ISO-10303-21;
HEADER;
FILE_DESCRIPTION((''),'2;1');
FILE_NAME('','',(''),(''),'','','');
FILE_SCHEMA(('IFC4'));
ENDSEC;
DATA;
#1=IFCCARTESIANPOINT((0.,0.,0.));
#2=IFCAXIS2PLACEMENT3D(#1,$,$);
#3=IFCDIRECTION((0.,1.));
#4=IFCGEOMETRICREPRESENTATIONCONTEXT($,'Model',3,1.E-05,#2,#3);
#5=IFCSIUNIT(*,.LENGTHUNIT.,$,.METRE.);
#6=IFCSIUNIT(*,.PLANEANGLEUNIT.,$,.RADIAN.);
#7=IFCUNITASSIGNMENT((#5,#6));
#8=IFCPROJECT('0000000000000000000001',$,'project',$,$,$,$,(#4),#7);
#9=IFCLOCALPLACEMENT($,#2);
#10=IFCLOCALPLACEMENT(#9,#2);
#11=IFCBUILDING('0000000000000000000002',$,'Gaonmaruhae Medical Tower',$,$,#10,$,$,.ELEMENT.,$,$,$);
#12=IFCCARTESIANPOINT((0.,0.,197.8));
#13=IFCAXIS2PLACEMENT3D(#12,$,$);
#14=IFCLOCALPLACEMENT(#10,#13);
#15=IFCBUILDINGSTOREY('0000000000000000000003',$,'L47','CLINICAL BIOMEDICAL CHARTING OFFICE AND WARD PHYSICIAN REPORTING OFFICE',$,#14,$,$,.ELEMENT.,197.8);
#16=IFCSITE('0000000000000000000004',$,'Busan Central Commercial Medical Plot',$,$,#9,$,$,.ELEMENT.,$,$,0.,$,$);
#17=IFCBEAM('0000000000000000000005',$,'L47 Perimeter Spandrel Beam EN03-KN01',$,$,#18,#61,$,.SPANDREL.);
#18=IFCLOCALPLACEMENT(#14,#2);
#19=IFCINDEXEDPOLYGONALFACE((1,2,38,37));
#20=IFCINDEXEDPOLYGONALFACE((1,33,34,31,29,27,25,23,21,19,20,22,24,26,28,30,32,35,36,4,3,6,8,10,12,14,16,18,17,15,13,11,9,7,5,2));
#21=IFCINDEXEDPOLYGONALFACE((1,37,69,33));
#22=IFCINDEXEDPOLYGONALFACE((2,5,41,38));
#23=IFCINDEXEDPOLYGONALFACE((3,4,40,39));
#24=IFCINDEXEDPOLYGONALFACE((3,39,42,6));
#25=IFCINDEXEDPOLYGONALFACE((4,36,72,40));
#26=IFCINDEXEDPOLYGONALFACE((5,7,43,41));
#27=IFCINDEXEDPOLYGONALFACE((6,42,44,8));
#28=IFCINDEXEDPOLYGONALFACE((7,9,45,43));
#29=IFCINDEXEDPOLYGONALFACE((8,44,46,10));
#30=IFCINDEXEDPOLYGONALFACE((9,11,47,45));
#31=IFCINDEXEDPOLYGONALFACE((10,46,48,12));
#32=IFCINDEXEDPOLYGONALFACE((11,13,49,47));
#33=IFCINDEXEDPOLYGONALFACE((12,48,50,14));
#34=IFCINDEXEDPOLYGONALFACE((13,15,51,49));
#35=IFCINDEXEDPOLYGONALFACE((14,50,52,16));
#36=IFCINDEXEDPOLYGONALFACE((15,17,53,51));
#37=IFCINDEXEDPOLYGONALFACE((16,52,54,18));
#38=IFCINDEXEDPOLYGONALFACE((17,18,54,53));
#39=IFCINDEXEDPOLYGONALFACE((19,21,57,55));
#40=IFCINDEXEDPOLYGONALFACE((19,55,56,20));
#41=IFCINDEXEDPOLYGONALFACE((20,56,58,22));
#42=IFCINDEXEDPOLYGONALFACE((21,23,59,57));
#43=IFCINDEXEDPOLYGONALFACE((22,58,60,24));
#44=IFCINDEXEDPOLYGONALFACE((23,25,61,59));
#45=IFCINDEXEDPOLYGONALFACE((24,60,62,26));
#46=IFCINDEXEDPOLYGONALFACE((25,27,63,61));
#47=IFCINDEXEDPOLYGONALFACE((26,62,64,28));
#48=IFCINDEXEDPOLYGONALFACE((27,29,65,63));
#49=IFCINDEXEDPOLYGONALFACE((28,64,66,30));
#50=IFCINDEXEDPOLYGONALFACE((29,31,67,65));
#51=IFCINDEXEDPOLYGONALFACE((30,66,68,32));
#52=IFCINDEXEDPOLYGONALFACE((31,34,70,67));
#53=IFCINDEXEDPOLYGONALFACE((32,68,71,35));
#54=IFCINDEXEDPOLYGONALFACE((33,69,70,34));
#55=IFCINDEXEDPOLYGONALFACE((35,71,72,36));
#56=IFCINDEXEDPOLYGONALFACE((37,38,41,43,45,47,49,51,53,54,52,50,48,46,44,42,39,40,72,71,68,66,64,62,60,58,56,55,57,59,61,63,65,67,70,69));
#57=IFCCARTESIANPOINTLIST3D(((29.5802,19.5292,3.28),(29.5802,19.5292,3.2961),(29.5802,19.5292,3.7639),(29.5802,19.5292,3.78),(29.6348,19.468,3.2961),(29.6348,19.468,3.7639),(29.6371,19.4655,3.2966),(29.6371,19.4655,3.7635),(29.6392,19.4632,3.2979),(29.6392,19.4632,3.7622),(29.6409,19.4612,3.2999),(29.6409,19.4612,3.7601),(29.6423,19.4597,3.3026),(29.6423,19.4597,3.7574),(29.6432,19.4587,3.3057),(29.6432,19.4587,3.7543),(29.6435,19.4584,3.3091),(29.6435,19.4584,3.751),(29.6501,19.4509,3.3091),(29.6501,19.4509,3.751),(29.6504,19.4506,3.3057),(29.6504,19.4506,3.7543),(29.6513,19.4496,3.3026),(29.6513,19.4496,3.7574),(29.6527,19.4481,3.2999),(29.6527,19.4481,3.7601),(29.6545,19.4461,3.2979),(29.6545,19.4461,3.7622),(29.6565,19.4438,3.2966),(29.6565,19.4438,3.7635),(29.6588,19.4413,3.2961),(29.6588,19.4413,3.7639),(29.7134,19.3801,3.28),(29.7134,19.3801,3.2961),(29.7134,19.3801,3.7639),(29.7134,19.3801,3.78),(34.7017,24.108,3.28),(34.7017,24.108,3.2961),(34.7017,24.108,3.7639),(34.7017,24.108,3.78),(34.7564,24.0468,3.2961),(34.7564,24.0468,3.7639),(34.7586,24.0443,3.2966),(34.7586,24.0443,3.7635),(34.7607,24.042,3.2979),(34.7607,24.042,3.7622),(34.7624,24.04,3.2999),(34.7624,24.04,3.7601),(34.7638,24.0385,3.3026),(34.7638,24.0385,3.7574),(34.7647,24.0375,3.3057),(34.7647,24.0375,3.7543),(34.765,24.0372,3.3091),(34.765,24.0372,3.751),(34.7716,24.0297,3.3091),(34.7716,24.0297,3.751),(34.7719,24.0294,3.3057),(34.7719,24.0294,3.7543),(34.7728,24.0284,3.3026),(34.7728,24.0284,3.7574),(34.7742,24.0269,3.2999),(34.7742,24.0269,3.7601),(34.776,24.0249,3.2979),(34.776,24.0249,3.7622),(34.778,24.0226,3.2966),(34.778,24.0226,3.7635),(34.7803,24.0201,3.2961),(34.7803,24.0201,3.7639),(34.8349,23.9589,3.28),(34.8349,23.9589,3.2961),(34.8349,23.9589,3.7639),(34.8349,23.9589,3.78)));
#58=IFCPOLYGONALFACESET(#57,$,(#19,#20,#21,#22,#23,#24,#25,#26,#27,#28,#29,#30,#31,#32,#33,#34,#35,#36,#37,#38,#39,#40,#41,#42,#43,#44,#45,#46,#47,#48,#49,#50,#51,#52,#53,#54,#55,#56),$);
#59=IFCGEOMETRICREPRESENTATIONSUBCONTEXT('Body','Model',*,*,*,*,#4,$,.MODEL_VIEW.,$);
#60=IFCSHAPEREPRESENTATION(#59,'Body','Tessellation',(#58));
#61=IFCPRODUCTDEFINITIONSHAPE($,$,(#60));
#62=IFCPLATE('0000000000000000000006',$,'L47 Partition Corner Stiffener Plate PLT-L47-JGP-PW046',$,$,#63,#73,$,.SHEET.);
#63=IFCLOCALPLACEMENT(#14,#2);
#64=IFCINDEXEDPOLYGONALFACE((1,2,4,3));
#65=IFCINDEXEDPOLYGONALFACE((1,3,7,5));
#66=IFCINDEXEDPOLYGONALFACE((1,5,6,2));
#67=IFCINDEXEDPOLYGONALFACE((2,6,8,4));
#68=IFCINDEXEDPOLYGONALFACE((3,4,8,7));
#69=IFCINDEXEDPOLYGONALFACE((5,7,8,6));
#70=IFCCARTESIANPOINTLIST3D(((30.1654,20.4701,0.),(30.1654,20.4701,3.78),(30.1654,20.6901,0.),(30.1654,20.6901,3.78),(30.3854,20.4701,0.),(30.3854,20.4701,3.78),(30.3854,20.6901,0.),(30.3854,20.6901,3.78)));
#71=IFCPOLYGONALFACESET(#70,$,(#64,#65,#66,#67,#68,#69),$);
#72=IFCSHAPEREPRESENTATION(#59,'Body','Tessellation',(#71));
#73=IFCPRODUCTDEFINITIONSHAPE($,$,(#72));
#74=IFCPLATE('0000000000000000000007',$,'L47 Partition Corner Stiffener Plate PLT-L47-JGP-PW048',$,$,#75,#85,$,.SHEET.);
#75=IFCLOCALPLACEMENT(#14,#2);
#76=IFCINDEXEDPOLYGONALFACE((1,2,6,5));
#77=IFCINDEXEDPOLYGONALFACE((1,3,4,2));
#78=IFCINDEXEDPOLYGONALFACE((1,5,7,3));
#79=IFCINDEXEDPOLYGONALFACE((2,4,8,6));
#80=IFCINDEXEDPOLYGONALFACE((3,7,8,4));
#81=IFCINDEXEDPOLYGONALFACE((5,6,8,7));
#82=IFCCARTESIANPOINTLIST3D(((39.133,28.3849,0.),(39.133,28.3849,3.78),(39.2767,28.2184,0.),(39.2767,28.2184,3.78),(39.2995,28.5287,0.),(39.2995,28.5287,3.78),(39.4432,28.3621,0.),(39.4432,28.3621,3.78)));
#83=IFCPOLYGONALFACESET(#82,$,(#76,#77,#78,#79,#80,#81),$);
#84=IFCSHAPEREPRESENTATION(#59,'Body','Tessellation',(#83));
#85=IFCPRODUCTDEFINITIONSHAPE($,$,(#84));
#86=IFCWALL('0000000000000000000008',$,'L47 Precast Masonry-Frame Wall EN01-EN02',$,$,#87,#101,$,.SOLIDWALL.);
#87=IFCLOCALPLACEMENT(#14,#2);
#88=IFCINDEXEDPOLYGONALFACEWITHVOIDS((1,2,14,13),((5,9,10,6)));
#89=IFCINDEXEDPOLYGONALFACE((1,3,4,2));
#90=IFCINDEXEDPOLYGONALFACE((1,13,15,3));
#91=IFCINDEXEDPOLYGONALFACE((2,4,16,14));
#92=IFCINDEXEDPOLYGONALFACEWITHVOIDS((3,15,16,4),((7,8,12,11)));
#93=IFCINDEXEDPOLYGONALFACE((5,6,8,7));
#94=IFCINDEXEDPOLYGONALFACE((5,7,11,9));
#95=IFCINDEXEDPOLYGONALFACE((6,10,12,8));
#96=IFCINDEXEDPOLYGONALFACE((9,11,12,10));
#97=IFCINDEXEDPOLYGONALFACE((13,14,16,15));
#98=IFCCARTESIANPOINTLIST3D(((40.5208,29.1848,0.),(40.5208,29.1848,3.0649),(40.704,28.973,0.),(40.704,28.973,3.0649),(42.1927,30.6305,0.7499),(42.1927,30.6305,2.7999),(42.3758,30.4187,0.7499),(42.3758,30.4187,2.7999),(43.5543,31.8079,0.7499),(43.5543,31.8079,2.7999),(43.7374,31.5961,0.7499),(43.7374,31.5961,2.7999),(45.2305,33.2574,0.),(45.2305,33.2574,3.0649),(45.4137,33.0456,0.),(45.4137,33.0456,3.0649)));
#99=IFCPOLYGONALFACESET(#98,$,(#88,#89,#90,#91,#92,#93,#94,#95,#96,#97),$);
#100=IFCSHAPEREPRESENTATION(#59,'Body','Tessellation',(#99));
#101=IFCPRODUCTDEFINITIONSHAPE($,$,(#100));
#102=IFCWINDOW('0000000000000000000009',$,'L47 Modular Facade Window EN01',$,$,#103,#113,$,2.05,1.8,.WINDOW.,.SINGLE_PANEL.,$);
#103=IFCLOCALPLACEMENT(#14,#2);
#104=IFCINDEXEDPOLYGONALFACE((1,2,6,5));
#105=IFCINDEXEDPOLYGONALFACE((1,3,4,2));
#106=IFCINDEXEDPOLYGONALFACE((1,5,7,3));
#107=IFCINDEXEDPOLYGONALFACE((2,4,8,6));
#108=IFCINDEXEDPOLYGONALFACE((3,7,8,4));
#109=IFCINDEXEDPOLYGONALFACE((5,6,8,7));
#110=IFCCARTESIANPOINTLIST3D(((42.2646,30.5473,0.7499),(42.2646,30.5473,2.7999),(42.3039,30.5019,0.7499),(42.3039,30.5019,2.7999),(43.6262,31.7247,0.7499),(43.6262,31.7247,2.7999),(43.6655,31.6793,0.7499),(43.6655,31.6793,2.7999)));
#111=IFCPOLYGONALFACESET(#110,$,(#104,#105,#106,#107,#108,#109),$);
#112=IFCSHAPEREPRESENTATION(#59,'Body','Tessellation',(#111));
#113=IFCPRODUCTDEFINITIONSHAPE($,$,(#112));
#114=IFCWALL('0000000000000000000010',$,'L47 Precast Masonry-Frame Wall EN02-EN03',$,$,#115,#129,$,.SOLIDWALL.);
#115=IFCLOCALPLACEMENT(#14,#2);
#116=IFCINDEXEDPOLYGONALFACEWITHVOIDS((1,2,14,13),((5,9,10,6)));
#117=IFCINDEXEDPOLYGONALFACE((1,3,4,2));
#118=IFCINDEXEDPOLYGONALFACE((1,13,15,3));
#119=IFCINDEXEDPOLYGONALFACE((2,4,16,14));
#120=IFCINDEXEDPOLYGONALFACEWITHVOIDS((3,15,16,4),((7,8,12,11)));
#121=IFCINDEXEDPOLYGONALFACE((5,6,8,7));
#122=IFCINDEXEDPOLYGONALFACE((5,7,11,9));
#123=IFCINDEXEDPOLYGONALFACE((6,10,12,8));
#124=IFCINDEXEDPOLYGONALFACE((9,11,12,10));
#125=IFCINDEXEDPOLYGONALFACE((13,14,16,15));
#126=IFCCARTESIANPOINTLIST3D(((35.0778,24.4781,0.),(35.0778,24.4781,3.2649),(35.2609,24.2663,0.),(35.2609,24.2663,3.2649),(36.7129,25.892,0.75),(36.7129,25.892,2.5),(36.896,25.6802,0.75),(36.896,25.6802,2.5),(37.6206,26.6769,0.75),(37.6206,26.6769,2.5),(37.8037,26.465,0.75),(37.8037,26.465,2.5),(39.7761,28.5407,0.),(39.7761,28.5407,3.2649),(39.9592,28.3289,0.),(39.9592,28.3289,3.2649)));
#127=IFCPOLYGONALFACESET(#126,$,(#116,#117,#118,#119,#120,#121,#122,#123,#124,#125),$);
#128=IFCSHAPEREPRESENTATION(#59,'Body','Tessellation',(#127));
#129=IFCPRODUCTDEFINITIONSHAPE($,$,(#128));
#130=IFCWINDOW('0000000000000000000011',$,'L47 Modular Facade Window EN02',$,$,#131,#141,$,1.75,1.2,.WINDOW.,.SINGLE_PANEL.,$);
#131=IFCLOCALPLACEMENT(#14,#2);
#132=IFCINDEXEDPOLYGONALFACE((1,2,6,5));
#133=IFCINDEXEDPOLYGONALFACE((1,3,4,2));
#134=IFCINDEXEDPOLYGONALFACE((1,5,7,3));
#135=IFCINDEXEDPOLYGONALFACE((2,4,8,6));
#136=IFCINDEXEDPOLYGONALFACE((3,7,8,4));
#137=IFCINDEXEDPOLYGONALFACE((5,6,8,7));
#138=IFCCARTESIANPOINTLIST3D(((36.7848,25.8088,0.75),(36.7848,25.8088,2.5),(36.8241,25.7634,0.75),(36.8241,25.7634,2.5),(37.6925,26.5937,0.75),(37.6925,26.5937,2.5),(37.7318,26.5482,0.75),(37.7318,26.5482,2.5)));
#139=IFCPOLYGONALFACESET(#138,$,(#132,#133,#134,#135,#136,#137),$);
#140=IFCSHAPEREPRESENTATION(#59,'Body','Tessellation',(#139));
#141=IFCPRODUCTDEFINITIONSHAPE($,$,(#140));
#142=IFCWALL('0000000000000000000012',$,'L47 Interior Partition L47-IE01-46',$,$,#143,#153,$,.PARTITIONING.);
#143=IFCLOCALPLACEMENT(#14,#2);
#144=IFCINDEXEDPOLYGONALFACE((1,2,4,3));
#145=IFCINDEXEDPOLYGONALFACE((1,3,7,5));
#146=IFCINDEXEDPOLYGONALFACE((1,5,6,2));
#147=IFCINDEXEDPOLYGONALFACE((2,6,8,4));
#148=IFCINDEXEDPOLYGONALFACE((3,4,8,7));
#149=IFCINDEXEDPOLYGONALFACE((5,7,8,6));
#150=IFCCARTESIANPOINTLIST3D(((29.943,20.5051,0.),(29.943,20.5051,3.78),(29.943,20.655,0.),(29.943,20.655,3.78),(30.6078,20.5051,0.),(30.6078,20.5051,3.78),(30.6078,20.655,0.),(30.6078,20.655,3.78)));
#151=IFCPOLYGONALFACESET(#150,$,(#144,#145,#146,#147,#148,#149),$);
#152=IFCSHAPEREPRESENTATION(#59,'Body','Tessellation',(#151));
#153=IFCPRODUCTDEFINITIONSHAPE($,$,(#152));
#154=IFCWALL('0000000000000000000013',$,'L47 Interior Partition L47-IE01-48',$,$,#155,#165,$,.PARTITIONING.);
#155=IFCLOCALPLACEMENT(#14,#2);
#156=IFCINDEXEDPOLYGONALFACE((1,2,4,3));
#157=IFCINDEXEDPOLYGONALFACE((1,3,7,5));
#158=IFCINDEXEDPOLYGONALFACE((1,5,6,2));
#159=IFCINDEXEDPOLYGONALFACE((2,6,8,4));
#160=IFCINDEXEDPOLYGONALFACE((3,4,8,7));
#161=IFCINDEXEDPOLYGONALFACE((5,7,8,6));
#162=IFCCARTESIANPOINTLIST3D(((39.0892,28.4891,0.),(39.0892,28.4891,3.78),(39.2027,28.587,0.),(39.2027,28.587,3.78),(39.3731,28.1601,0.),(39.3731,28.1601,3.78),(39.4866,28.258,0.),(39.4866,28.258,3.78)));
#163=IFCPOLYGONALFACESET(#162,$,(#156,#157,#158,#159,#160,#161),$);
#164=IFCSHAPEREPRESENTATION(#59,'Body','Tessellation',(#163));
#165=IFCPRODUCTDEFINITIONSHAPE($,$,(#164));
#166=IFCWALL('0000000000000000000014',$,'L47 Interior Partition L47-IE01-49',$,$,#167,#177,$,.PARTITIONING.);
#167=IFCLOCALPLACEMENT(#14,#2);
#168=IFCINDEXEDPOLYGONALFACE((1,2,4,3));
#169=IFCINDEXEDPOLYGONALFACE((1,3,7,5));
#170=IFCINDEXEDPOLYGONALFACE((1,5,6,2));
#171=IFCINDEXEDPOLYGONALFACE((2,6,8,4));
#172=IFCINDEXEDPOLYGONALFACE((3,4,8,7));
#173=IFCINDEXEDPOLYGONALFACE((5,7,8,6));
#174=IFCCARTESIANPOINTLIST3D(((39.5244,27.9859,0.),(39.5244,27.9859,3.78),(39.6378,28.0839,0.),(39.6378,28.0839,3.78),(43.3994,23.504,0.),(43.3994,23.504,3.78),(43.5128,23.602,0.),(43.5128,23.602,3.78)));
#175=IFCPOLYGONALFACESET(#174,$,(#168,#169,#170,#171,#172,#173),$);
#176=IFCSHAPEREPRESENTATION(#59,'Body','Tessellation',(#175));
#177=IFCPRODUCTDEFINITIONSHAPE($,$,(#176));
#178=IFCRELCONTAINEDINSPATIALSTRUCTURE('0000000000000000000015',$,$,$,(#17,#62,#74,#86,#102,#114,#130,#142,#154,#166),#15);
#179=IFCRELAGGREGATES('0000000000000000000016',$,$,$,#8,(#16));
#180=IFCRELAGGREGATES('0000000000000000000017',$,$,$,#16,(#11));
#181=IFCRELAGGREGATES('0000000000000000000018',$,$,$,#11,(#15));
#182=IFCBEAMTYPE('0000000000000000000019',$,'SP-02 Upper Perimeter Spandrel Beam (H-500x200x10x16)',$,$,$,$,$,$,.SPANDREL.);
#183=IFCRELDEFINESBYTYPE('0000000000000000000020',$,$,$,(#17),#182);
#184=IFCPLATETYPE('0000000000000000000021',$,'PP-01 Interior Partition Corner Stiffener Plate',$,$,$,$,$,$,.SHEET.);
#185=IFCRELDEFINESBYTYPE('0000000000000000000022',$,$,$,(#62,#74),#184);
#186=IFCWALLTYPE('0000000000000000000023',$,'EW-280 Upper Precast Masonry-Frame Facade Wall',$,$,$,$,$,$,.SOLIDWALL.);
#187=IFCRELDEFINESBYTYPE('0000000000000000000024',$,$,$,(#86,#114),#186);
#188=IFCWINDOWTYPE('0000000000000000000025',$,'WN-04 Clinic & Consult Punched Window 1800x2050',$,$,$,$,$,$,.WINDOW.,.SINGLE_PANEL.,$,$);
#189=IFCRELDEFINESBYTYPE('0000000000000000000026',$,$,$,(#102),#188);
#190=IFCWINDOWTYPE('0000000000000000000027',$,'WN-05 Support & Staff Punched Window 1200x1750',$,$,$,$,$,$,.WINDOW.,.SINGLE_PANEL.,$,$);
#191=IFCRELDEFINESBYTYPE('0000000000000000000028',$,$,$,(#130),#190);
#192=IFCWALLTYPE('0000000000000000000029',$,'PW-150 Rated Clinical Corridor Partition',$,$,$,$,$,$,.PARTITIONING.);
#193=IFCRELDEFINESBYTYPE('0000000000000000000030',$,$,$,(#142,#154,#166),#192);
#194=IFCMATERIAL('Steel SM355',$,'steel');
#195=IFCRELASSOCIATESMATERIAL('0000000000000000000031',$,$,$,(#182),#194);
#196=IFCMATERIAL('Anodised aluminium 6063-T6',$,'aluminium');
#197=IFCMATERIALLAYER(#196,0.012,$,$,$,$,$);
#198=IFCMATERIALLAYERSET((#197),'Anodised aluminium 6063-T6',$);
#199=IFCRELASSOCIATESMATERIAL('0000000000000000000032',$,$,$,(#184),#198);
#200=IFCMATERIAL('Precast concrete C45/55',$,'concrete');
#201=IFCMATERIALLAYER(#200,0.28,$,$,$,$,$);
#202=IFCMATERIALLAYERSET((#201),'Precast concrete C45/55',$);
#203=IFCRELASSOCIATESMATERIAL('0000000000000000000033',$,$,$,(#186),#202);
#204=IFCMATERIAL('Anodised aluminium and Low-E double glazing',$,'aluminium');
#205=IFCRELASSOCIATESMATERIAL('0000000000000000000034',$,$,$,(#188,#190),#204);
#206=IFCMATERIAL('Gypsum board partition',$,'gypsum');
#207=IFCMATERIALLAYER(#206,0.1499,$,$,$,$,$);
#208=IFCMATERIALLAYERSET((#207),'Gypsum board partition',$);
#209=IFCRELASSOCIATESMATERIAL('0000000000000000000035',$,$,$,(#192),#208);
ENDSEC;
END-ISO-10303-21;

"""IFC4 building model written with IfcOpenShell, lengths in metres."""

from ifc_helpers import new_model, si_unit, direction, frame, frame_2d, origin, origin_2d, place, context, subcontext, project, spatial, rectangle, i_section, extrude, material, layer, layer_set, material_profile, profile_set, type_object, element, fill, save


model = new_model("IFC4")

# Units and contexts
model_context = context("Model", 3, precision=1e-05, world=origin(), true_north=direction((0.0, 1.0)))
body_context = subcontext(model_context, "Body", "Model", "MODEL_VIEW")
ifc_project = project(units=[si_unit("LENGTHUNIT", "METRE"), si_unit("PLANEANGLEUNIT", "RADIAN")], contexts=[model_context])

# Site, building, storey
site_placement = place(None, origin())
site = spatial("IfcSite", under=ifc_project, at=site_placement, Name="Busan Central Commercial Medical Plot", CompositionType="ELEMENT", RefElevation=0.0)
building_placement = place(site_placement, origin())
building = spatial("IfcBuilding", under=site, at=building_placement, Name="Gaonmaruhae Medical Tower", CompositionType="ELEMENT")
storey_placement = place(building_placement, frame((0.0, 0.0, 197.8)))
storey = spatial("IfcBuildingStorey", under=building, at=storey_placement, Name="L47", Description="CLINICAL BIOMEDICAL CHARTING OFFICE AND WARD PHYSICIAN REPORTING OFFICE", CompositionType="ELEMENT", Elevation=197.8)

# Beam
ifc_material_1 = material(Name="Steel SM355", Category="steel")
ifc_material_profile_1 = material_profile(ifc_material_1, i_section(OverallWidth=0.2, OverallDepth=0.5, WebThickness=0.01, FlangeThickness=0.0161, FilletRadius=0.0129, at=origin_2d()), Name="H-500x200x10x16")
ifc_profile_set_1 = profile_set([ifc_material_profile_1], Name="Steel SM355")
beam_type_1 = type_object("IfcBeamType", Name="SP-02 Upper Perimeter Spandrel Beam (H-500x200x10x16)", PredefinedType="SPANDREL", material=ifc_profile_set_1)
beam_1_placement = place(storey_placement, frame((34.7683, 24.0334, 3.53), z_axis=(-0.745502, -0.666503, 0.0), x_axis=(0.666503, -0.745502, 0.0)))
element("IfcBeam", 1, at=beam_1_placement, inside=storey, type_object=beam_type_1, Name="L47 Perimeter Spandrel Beam EN03-KN01", PredefinedType="SPANDREL", context=body_context, shape_type="SweptSolid", body=[
    extrude(i_section(OverallWidth=0.2, OverallDepth=0.5, WebThickness=0.01, FlangeThickness=0.0161, FilletRadius=0.0129, at=origin_2d()), origin(), (0.0, 0.0, 1.0), 6.8699),
])

# Plates
ifc_material_2 = material(Name="Anodised aluminium 6063-T6", Category="aluminium")
ifc_layer_1 = layer(ifc_material_2, 0.012)
ifc_layer_set_1 = layer_set([ifc_layer_1], Name="Anodised aluminium 6063-T6")
plate_type = type_object("IfcPlateType", Name="PP-01 Interior Partition Corner Stiffener Plate", PredefinedType="SHEET", material=ifc_layer_set_1)
for number, where, z_axis, x_axis, name in (
    (2, (30.2754, 20.5801, 0.0), (0.0, 0.0, 1.0), (-1.0, 0.0, 0.0), "L47 Partition Corner Stiffener Plate PLT-L47-JGP-PW046"),
    (3, (39.2881, 28.3735, 0.0), (0.0, 0.0, 1.0), (0.653434, -0.756984, 0.0), "L47 Partition Corner Stiffener Plate PLT-L47-JGP-PW048"),
):
    element("IfcPlate", number, at=place(storey_placement, frame(where, z_axis=z_axis, x_axis=x_axis)), inside=storey, type_object=plate_type, Name=name, PredefinedType="SHEET", context=body_context, shape_type="SweptSolid", body=[
        extrude(rectangle(XDim=0.22, YDim=0.22, at=origin_2d()), origin(), (0.0, 0.0, 1.0), 3.78),
    ])

# Walls, openings, windows
ifc_material_3 = material(Name="Precast concrete C45/55", Category="concrete")
ifc_layer_2 = layer(ifc_material_3, 0.28)
ifc_layer_set_2 = layer_set([ifc_layer_2], Name="Precast concrete C45/55")
wall_type_1 = type_object("IfcWallType", Name="EW-280 Upper Precast Masonry-Frame Facade Wall", PredefinedType="SOLIDWALL", material=ifc_layer_set_2)
wall_1_placement = place(storey_placement, frame((40.6123, 29.0789, 0.0), z_axis=(0.0, 0.0, 1.0), x_axis=(0.756423, 0.654082, 0.0)))
wall_1 = element("IfcWall", 4, at=wall_1_placement, inside=storey, type_object=wall_type_1, Name="L47 Precast Masonry-Frame Wall EN01-EN02", PredefinedType="SOLIDWALL", context=body_context, shape_type="SweptSolid", body=[
    extrude(rectangle(XDim=6.2263, YDim=0.28, at=frame_2d((3.1133, 0.0))), origin(), (0.0, 0.0, 1.0), 3.0649),
])
opening_1_placement = place(wall_1_placement, frame((2.2104, 0.0, 0.75)))
opening_1 = element("IfcOpeningElement", 5, at=opening_1_placement, cuts=wall_1, PredefinedType="OPENING", context=body_context, shape_type="SweptSolid", body=[
    extrude(rectangle(XDim=1.8, YDim=2.05, at=frame_2d((0.8999, 1.0249))), frame((0.0, 0.1499, 0.0), z_axis=(0.0, -1.0, 0.0), x_axis=(1.0, 0.0, 0.0)), (0.0, 0.0, 1.0), 0.3),
])
ifc_material_4 = material(Name="Anodised aluminium and Low-E double glazing", Category="aluminium")
window_type_1 = type_object("IfcWindowType", Name="WN-04 Clinic & Consult Punched Window 1800x2050", PartitioningType="SINGLE_PANEL", PredefinedType="WINDOW", material=ifc_material_4)
window_1_placement = place(opening_1_placement, origin())
window_1 = element("IfcWindow", 6, at=window_1_placement, inside=storey, type_object=window_type_1, Name="L47 Modular Facade Window EN01", OverallHeight=2.05, OverallWidth=1.8, PartitioningType="SINGLE_PANEL", PredefinedType="WINDOW", context=body_context, shape_type="SweptSolid", body=[
    extrude(rectangle(XDim=1.8, YDim=2.05, at=frame_2d((0.8999, 1.0249))), frame((0.0, 0.03, 0.0), z_axis=(0.0, -1.0, 0.0), x_axis=(1.0, 0.0, 0.0)), (0.0, 0.0, 1.0), 0.0601),
])
fill(opening_1, window_1)
wall_2_placement = place(storey_placement, frame((35.1694, 24.3723, 0.0), z_axis=(0.0, 0.0, 1.0), x_axis=(0.75643, 0.654074, 0.0)))
wall_2 = element("IfcWall", 7, at=wall_2_placement, inside=storey, type_object=wall_type_1, Name="L47 Precast Masonry-Frame Wall EN02-EN03", PredefinedType="SOLIDWALL", context=body_context, shape_type="SweptSolid", body=[
    extrude(rectangle(XDim=6.2112, YDim=0.28, at=frame_2d((3.1055, 0.0))), origin(), (0.0, 0.0, 1.0), 3.2649),
])
opening_2_placement = place(wall_2_placement, frame((2.1614, 0.0, 0.75)))
opening_2 = element("IfcOpeningElement", 8, at=opening_2_placement, cuts=wall_2, PredefinedType="OPENING", context=body_context, shape_type="SweptSolid", body=[
    extrude(rectangle(XDim=1.2, YDim=1.75, at=frame_2d((0.6001, 0.875))), frame((0.0, 0.1499, 0.0), z_axis=(0.0, -1.0, 0.0), x_axis=(1.0, 0.0, 0.0)), (0.0, 0.0, 1.0), 0.3),
])
window_type_2 = type_object("IfcWindowType", Name="WN-05 Support & Staff Punched Window 1200x1750", PartitioningType="SINGLE_PANEL", PredefinedType="WINDOW", material=ifc_material_4)
window_2_placement = place(opening_2_placement, origin())
window_2 = element("IfcWindow", 9, at=window_2_placement, inside=storey, type_object=window_type_2, Name="L47 Modular Facade Window EN02", OverallHeight=1.75, OverallWidth=1.2, PartitioningType="SINGLE_PANEL", PredefinedType="WINDOW", context=body_context, shape_type="SweptSolid", body=[
    extrude(rectangle(XDim=1.2, YDim=1.75, at=frame_2d((0.6001, 0.875))), frame((0.0, 0.03, 0.0), z_axis=(0.0, -1.0, 0.0), x_axis=(1.0, 0.0, 0.0)), (0.0, 0.0, 1.0), 0.0601),
])
fill(opening_2, window_2)

# Walls
ifc_material_5 = material(Name="Gypsum board partition", Category="gypsum")
ifc_layer_3 = layer(ifc_material_5, 0.1499)
ifc_layer_set_3 = layer_set([ifc_layer_3], Name="Gypsum board partition")
wall_type_2 = type_object("IfcWallType", Name="PW-150 Rated Clinical Corridor Partition", PredefinedType="PARTITIONING", material=ifc_layer_set_3)
wall_3_placement = place(storey_placement, frame((30.6079, 20.5801, 0.0), z_axis=(0.0, 0.0, 1.0), x_axis=(-1.0, 0.0, 0.0)))
element("IfcWall", 10, at=wall_3_placement, inside=storey, type_object=wall_type_2, Name="L47 Interior Partition L47-IE01-46", PredefinedType="PARTITIONING", context=body_context, shape_type="SweptSolid", body=[
    extrude(rectangle(XDim=0.6648, YDim=0.1499, at=frame_2d((0.3325, 0.0))), origin(), (0.0, 0.0, 1.0), 3.78),
])
wall_4_placement = place(storey_placement, frame((39.146, 28.5381, 0.0), z_axis=(0.0, 0.0, 1.0), x_axis=(0.65324, -0.757151, 0.0)))
element("IfcWall", 11, at=wall_4_placement, inside=storey, type_object=wall_type_2, Name="L47 Interior Partition L47-IE01-48", PredefinedType="PARTITIONING", context=body_context, shape_type="SweptSolid", body=[
    extrude(rectangle(XDim=0.4346, YDim=0.1499, at=frame_2d((0.2173, 0.0))), origin(), (0.0, 0.0, 1.0), 3.78),
])
wall_5_placement = place(storey_placement, frame((39.5811, 28.0349, 0.0), z_axis=(0.0, 0.0, 1.0), x_axis=(0.65403, -0.756469, 0.0)))
element("IfcWall", 12, at=wall_5_placement, inside=storey, type_object=wall_type_2, Name="L47 Interior Partition L47-IE01-49", PredefinedType="PARTITIONING", context=body_context, shape_type="SweptSolid", body=[
    extrude(rectangle(XDim=5.9248, YDim=0.1499, at=frame_2d((2.9624, 0.0))), origin(), (0.0, 0.0, 1.0), 3.78),
])

save(model, "model.ifc")
